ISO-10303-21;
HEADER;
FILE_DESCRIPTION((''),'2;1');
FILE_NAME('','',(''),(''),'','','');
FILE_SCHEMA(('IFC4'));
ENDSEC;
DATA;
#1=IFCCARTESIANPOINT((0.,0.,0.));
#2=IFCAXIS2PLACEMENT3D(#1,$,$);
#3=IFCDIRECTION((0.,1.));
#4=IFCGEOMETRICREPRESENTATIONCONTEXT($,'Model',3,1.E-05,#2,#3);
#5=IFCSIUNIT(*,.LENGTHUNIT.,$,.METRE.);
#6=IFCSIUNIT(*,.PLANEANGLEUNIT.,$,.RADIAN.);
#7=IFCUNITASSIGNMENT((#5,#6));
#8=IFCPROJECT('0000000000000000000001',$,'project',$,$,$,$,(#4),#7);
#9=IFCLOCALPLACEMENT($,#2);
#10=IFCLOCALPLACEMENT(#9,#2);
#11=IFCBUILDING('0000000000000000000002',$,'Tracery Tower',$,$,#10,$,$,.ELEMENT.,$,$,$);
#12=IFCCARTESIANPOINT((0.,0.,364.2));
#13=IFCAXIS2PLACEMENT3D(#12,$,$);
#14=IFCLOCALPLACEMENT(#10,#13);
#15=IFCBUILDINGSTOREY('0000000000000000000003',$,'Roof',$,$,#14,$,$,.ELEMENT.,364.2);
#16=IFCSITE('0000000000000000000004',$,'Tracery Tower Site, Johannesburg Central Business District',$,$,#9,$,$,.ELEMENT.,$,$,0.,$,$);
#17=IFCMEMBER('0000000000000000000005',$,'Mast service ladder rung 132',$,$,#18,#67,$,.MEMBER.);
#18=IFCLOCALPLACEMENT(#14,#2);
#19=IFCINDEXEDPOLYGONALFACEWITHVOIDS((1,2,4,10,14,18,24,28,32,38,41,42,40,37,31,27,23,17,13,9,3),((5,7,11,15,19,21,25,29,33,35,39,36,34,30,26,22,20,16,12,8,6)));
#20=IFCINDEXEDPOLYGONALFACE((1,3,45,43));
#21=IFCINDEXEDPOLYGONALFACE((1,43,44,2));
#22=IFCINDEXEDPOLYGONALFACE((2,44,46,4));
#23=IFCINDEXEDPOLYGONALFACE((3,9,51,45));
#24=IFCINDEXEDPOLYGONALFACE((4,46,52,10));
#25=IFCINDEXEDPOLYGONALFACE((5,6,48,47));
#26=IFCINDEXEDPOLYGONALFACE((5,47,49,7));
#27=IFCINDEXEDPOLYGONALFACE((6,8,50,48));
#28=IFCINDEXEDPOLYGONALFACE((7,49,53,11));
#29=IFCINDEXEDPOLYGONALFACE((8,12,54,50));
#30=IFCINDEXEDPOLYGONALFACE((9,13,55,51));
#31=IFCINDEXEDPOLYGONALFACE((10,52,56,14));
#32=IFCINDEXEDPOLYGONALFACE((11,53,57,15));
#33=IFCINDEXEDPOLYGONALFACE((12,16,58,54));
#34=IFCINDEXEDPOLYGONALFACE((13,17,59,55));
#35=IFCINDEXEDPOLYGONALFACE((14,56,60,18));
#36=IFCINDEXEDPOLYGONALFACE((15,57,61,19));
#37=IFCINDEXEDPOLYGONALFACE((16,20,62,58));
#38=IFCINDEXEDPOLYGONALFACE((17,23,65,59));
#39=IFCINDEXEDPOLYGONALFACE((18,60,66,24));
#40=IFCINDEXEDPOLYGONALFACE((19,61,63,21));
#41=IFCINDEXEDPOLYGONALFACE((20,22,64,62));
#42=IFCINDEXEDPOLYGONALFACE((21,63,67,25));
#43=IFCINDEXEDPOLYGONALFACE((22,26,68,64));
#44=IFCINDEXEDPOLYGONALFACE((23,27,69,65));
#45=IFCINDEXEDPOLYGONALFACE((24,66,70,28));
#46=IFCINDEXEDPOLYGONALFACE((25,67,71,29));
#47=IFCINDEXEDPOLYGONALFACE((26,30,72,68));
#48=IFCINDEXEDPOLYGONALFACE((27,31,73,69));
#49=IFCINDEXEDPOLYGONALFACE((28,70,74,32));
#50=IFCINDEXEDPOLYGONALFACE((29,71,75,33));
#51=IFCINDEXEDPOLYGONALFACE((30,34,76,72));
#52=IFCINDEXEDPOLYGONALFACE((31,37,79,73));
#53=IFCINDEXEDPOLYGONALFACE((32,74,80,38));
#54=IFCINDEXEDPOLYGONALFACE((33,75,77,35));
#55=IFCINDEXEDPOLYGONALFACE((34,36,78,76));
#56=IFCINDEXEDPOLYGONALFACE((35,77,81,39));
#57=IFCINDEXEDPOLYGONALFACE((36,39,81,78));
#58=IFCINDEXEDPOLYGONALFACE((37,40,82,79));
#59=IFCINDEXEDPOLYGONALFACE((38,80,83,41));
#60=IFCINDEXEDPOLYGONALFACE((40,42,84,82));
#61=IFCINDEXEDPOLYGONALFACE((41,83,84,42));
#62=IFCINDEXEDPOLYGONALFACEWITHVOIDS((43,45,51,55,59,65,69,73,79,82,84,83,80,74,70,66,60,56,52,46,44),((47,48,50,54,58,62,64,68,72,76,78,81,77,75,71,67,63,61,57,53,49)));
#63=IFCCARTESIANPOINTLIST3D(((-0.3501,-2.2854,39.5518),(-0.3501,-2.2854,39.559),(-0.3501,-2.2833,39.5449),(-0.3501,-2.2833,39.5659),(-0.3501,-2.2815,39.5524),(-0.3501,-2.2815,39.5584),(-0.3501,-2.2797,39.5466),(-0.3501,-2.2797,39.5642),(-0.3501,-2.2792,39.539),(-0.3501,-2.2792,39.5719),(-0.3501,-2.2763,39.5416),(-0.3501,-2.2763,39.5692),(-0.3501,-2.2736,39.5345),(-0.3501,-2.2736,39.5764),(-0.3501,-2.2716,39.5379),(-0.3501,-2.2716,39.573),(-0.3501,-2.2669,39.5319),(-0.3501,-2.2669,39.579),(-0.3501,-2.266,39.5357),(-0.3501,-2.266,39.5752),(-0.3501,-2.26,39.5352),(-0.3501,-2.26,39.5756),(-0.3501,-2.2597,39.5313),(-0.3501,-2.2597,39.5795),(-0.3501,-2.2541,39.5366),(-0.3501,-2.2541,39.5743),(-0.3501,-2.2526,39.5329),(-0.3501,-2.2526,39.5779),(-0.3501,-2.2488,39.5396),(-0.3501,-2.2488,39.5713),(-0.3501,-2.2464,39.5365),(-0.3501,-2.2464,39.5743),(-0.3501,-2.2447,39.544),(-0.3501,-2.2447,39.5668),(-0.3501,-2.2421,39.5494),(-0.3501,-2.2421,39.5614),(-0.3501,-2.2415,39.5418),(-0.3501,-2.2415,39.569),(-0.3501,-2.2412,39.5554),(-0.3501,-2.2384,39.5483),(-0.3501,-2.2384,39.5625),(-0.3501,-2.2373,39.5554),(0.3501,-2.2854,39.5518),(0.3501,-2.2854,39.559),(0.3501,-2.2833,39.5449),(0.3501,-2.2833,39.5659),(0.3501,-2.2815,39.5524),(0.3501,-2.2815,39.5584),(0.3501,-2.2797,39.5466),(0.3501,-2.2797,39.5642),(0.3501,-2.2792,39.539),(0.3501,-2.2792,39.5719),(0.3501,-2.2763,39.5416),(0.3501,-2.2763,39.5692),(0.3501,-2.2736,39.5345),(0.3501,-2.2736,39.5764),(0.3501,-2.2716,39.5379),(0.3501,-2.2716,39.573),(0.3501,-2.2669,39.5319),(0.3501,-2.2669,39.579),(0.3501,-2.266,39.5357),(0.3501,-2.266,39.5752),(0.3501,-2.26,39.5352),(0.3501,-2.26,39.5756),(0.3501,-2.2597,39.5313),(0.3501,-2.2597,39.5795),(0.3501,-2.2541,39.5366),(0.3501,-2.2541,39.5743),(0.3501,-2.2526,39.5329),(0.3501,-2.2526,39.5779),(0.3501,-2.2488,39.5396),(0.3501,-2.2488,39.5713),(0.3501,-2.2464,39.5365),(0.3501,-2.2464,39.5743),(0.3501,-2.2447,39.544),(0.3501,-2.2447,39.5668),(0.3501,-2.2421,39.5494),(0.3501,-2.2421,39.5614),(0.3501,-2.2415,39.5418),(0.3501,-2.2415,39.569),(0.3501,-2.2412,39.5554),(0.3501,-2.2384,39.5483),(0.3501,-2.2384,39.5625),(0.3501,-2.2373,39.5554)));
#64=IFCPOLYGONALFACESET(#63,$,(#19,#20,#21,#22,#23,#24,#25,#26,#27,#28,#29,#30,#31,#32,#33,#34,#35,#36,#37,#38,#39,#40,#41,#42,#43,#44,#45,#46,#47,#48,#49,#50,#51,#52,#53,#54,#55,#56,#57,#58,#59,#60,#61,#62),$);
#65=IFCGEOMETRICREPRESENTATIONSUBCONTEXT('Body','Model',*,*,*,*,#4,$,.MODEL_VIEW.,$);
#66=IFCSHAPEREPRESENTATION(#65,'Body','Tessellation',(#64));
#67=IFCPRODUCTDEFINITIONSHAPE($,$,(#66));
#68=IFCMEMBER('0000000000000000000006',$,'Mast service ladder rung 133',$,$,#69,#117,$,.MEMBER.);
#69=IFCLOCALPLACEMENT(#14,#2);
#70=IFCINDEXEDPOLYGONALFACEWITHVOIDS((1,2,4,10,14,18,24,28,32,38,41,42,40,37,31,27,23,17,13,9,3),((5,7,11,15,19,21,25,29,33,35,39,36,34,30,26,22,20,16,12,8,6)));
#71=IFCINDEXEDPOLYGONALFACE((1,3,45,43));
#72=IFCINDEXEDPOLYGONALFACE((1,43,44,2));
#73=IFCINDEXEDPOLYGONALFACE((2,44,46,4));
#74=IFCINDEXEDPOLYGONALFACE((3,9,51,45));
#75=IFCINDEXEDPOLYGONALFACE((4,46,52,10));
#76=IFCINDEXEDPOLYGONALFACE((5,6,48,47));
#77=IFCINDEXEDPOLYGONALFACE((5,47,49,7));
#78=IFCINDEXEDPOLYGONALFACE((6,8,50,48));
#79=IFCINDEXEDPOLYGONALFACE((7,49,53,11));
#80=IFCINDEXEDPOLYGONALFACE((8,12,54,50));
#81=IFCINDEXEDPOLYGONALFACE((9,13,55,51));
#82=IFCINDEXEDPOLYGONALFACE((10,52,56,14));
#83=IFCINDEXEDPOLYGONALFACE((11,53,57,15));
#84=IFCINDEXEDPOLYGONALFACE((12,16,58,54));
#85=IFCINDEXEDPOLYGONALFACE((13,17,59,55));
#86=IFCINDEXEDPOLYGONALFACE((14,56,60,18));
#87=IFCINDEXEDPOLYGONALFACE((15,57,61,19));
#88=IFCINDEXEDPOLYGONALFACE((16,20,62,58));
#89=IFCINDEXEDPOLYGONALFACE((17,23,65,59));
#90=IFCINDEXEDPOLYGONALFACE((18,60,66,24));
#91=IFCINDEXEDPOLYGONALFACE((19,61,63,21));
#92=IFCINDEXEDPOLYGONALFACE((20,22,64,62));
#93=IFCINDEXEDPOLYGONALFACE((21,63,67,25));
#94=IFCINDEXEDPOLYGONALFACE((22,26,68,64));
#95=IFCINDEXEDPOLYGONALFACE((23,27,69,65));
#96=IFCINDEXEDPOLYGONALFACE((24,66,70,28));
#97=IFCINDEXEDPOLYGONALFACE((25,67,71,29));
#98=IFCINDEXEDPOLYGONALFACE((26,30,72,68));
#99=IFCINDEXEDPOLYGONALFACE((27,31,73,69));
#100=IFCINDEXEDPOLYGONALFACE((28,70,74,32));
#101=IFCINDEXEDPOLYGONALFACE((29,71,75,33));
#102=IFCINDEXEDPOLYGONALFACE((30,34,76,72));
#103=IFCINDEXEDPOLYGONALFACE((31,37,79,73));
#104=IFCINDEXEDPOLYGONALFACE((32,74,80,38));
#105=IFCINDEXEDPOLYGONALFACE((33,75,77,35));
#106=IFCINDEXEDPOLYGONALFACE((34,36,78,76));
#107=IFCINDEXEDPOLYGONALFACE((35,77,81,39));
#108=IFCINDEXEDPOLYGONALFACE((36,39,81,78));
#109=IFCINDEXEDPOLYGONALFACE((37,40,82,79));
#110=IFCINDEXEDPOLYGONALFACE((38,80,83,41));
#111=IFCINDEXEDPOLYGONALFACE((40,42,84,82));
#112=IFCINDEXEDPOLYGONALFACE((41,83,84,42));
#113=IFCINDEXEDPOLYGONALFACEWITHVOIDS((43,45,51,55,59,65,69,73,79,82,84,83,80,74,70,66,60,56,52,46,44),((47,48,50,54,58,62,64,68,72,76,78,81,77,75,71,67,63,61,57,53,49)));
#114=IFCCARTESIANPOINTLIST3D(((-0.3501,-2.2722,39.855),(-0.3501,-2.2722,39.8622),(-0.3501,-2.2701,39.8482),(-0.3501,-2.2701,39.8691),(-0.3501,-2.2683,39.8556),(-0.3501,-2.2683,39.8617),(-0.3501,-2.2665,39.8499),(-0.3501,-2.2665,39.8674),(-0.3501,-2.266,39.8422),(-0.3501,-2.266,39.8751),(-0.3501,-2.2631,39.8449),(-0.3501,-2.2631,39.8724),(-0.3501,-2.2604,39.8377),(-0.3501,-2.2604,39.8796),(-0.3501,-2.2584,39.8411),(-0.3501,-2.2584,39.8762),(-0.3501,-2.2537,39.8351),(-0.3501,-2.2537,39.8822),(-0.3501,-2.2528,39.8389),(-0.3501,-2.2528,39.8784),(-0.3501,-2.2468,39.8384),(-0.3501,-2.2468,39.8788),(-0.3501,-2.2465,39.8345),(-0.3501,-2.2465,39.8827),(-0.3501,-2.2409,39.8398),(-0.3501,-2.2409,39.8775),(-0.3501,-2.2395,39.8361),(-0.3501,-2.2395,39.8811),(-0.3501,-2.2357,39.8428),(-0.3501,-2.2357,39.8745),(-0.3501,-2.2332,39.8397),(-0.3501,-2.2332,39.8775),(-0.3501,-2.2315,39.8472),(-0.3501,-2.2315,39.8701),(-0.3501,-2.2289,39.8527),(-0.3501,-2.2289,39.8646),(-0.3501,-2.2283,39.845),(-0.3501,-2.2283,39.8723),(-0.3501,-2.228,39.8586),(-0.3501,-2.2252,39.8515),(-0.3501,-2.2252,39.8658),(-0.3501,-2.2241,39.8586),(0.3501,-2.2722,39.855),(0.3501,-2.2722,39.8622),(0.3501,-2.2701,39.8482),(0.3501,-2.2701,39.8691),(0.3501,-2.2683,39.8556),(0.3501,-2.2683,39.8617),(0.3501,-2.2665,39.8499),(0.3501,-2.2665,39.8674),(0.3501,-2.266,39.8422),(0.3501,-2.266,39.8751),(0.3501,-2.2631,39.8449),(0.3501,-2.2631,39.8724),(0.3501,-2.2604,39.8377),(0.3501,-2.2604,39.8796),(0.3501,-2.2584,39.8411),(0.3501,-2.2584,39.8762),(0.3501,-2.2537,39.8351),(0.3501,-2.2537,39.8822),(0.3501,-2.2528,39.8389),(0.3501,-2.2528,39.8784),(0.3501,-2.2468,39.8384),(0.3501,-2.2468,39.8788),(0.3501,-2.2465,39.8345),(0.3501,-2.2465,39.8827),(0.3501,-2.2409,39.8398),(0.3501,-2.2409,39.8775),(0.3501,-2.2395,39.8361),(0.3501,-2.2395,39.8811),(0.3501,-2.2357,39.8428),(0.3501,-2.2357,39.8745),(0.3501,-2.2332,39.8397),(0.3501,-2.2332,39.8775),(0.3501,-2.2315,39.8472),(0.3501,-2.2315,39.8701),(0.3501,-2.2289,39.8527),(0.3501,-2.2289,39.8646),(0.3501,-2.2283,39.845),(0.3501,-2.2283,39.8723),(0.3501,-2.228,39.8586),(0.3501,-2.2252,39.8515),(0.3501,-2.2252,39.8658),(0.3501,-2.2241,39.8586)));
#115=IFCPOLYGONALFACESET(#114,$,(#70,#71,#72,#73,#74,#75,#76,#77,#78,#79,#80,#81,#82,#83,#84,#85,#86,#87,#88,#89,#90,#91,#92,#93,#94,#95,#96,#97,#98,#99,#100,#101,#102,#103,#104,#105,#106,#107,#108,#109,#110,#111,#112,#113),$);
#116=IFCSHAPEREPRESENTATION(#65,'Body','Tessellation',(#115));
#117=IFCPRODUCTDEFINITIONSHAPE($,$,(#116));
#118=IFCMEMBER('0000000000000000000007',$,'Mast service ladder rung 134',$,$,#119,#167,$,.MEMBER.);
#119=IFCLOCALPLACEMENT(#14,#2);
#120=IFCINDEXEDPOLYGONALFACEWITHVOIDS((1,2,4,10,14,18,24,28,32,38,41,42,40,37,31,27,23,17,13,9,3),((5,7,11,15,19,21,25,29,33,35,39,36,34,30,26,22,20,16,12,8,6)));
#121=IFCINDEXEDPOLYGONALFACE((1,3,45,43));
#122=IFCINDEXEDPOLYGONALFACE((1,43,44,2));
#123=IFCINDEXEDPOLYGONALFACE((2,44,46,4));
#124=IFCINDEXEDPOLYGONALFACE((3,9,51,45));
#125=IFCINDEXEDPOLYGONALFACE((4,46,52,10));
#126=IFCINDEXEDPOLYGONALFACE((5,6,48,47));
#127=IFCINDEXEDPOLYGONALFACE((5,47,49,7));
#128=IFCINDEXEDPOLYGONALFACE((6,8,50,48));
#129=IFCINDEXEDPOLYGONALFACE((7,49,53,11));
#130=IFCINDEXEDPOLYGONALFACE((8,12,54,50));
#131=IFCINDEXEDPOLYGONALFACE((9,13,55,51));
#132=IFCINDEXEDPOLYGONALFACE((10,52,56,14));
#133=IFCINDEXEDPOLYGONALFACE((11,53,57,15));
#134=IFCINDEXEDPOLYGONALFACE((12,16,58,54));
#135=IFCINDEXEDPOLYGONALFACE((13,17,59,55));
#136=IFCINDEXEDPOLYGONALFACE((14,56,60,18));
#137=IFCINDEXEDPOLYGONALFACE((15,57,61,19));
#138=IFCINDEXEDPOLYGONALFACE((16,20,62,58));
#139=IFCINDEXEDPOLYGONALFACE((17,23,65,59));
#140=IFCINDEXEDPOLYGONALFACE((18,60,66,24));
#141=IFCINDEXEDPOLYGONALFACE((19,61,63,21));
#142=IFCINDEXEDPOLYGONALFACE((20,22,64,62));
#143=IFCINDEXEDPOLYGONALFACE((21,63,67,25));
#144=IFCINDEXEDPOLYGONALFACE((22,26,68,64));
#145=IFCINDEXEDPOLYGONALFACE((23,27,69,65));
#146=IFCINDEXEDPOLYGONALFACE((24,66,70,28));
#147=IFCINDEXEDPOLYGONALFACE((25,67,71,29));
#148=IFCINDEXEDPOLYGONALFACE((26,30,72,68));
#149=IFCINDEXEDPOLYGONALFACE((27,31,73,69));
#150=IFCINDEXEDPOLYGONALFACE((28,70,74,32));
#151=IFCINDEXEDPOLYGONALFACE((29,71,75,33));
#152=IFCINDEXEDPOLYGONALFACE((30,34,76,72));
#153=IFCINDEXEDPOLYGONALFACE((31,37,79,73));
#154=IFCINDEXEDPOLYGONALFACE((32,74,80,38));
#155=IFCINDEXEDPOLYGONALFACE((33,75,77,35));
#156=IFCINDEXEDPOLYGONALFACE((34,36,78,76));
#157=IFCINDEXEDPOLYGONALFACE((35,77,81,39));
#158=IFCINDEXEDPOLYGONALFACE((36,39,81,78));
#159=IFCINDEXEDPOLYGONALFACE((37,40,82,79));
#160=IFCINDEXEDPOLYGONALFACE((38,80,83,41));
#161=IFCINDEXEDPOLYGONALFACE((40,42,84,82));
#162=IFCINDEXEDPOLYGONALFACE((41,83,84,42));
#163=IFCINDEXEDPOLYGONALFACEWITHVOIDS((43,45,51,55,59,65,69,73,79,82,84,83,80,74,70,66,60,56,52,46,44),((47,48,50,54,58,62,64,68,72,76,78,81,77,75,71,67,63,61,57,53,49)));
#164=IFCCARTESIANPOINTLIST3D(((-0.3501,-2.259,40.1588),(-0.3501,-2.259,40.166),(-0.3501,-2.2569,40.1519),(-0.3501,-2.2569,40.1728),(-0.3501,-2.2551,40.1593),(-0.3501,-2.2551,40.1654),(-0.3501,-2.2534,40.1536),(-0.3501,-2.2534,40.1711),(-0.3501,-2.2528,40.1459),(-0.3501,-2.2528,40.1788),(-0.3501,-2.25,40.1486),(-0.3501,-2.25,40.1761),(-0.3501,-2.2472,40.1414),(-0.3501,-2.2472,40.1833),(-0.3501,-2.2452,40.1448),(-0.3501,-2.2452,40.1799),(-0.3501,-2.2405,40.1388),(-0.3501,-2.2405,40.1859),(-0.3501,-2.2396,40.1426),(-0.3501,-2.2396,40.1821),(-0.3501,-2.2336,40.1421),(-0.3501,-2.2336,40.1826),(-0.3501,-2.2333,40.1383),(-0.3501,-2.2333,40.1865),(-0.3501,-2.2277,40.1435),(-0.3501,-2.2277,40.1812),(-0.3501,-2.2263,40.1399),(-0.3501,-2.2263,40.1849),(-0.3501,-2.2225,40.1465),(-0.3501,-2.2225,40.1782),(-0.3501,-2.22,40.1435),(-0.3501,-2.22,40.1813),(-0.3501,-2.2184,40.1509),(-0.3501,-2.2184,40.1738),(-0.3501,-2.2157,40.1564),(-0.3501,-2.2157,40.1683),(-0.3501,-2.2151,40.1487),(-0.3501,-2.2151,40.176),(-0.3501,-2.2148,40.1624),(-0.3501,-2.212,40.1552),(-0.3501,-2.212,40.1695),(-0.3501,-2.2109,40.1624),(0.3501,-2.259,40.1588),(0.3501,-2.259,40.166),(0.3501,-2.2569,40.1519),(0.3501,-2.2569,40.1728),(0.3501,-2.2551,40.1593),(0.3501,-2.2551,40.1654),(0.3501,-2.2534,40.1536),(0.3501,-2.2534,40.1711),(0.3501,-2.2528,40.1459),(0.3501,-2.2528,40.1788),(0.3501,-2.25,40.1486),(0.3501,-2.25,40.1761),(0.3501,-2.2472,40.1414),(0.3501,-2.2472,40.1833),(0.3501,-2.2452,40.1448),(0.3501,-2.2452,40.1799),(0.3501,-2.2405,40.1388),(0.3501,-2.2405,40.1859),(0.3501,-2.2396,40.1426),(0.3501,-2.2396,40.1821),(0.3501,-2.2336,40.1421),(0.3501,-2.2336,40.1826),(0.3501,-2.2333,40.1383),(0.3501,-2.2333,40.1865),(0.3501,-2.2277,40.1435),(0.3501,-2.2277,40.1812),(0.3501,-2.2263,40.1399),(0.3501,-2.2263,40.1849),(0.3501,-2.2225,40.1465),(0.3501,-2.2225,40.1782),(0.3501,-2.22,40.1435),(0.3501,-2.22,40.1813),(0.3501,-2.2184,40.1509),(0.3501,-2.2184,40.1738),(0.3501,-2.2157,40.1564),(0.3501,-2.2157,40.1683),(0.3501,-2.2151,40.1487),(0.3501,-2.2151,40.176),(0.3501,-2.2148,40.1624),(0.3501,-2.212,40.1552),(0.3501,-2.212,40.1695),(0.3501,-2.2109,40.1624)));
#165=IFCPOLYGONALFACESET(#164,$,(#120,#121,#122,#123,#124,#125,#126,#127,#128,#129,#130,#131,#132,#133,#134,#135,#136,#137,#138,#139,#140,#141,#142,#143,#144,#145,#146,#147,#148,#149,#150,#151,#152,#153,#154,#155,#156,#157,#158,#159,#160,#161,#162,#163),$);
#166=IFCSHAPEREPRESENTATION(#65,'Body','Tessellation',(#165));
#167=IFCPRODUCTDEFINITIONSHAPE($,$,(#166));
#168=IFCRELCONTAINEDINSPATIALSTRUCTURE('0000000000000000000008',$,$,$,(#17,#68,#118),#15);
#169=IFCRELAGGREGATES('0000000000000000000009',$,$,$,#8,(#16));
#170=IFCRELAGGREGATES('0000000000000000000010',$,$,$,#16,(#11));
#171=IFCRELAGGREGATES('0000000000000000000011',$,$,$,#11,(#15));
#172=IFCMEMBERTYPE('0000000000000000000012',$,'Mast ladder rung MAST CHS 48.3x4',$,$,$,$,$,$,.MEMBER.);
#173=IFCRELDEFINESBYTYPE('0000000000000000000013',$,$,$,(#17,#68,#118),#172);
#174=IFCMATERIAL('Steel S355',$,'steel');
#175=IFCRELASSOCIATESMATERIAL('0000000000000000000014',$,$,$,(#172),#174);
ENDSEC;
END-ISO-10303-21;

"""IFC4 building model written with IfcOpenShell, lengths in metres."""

from ifc_helpers import new_model, si_unit, direction, frame, origin, origin_2d, place, context, subcontext, project, spatial, hollow_circle, extrude, material, material_profile, profile_set, type_object, element, save


model = new_model("IFC4")

# Units and contexts
model_context = context("Model", 3, precision=1e-05, world=origin(), true_north=direction((0.0, 1.0)))
body_context = subcontext(model_context, "Body", "Model", "MODEL_VIEW")
ifc_project = project(units=[si_unit("LENGTHUNIT", "METRE"), si_unit("PLANEANGLEUNIT", "RADIAN")], contexts=[model_context])

# Site, building, storey
site_placement = place(None, origin())
site = spatial("IfcSite", under=ifc_project, at=site_placement, Name="Tracery Tower Site, Johannesburg Central Business District", CompositionType="ELEMENT", RefElevation=0.0)
building_placement = place(site_placement, origin())
building = spatial("IfcBuilding", under=site, at=building_placement, Name="Tracery Tower", CompositionType="ELEMENT")
storey_placement = place(building_placement, frame((0.0, 0.0, 364.2)))
storey = spatial("IfcBuildingStorey", under=building, at=storey_placement, Name="Roof", CompositionType="ELEMENT", Elevation=364.2)

# Members
ifc_material_1 = material(Name="Steel S355", Category="steel")
ifc_material_profile_1 = material_profile(ifc_material_1, hollow_circle(Radius=0.0242, WallThickness=0.0039, at=origin_2d()), Name="CHS 48.3x4")
ifc_profile_set_1 = profile_set([ifc_material_profile_1], Name="Steel S355")
member_type_1 = type_object("IfcMemberType", Name="Mast ladder rung MAST CHS 48.3x4", PredefinedType="MEMBER", material=ifc_profile_set_1)
for number, where, z_axis, x_axis, name in (
    (1, (-0.3501, -2.2615, 39.5554), (1.0, 0.0, 0.0), (0.0, 1.0, 0.0), "Mast service ladder rung 132"),
    (2, (-0.3501, -2.2483, 39.8586), (1.0, 0.0, 0.0), (0.0, 1.0, 0.0), "Mast service ladder rung 133"),
    (3, (-0.3501, -2.2351, 40.1624), (1.0, 0.0, 0.0), (0.0, 1.0, 0.0), "Mast service ladder rung 134"),
):
    element("IfcMember", number, at=place(storey_placement, frame(where, z_axis=z_axis, x_axis=x_axis)), inside=storey, type_object=member_type_1, Name=name, PredefinedType="MEMBER", context=body_context, shape_type="SweptSolid", body=[
        extrude(hollow_circle(Radius=0.0242, WallThickness=0.0039, at=origin_2d()), origin(), (0.0, 0.0, 1.0), 0.7002),
    ])

save(model, "model.ifc")
